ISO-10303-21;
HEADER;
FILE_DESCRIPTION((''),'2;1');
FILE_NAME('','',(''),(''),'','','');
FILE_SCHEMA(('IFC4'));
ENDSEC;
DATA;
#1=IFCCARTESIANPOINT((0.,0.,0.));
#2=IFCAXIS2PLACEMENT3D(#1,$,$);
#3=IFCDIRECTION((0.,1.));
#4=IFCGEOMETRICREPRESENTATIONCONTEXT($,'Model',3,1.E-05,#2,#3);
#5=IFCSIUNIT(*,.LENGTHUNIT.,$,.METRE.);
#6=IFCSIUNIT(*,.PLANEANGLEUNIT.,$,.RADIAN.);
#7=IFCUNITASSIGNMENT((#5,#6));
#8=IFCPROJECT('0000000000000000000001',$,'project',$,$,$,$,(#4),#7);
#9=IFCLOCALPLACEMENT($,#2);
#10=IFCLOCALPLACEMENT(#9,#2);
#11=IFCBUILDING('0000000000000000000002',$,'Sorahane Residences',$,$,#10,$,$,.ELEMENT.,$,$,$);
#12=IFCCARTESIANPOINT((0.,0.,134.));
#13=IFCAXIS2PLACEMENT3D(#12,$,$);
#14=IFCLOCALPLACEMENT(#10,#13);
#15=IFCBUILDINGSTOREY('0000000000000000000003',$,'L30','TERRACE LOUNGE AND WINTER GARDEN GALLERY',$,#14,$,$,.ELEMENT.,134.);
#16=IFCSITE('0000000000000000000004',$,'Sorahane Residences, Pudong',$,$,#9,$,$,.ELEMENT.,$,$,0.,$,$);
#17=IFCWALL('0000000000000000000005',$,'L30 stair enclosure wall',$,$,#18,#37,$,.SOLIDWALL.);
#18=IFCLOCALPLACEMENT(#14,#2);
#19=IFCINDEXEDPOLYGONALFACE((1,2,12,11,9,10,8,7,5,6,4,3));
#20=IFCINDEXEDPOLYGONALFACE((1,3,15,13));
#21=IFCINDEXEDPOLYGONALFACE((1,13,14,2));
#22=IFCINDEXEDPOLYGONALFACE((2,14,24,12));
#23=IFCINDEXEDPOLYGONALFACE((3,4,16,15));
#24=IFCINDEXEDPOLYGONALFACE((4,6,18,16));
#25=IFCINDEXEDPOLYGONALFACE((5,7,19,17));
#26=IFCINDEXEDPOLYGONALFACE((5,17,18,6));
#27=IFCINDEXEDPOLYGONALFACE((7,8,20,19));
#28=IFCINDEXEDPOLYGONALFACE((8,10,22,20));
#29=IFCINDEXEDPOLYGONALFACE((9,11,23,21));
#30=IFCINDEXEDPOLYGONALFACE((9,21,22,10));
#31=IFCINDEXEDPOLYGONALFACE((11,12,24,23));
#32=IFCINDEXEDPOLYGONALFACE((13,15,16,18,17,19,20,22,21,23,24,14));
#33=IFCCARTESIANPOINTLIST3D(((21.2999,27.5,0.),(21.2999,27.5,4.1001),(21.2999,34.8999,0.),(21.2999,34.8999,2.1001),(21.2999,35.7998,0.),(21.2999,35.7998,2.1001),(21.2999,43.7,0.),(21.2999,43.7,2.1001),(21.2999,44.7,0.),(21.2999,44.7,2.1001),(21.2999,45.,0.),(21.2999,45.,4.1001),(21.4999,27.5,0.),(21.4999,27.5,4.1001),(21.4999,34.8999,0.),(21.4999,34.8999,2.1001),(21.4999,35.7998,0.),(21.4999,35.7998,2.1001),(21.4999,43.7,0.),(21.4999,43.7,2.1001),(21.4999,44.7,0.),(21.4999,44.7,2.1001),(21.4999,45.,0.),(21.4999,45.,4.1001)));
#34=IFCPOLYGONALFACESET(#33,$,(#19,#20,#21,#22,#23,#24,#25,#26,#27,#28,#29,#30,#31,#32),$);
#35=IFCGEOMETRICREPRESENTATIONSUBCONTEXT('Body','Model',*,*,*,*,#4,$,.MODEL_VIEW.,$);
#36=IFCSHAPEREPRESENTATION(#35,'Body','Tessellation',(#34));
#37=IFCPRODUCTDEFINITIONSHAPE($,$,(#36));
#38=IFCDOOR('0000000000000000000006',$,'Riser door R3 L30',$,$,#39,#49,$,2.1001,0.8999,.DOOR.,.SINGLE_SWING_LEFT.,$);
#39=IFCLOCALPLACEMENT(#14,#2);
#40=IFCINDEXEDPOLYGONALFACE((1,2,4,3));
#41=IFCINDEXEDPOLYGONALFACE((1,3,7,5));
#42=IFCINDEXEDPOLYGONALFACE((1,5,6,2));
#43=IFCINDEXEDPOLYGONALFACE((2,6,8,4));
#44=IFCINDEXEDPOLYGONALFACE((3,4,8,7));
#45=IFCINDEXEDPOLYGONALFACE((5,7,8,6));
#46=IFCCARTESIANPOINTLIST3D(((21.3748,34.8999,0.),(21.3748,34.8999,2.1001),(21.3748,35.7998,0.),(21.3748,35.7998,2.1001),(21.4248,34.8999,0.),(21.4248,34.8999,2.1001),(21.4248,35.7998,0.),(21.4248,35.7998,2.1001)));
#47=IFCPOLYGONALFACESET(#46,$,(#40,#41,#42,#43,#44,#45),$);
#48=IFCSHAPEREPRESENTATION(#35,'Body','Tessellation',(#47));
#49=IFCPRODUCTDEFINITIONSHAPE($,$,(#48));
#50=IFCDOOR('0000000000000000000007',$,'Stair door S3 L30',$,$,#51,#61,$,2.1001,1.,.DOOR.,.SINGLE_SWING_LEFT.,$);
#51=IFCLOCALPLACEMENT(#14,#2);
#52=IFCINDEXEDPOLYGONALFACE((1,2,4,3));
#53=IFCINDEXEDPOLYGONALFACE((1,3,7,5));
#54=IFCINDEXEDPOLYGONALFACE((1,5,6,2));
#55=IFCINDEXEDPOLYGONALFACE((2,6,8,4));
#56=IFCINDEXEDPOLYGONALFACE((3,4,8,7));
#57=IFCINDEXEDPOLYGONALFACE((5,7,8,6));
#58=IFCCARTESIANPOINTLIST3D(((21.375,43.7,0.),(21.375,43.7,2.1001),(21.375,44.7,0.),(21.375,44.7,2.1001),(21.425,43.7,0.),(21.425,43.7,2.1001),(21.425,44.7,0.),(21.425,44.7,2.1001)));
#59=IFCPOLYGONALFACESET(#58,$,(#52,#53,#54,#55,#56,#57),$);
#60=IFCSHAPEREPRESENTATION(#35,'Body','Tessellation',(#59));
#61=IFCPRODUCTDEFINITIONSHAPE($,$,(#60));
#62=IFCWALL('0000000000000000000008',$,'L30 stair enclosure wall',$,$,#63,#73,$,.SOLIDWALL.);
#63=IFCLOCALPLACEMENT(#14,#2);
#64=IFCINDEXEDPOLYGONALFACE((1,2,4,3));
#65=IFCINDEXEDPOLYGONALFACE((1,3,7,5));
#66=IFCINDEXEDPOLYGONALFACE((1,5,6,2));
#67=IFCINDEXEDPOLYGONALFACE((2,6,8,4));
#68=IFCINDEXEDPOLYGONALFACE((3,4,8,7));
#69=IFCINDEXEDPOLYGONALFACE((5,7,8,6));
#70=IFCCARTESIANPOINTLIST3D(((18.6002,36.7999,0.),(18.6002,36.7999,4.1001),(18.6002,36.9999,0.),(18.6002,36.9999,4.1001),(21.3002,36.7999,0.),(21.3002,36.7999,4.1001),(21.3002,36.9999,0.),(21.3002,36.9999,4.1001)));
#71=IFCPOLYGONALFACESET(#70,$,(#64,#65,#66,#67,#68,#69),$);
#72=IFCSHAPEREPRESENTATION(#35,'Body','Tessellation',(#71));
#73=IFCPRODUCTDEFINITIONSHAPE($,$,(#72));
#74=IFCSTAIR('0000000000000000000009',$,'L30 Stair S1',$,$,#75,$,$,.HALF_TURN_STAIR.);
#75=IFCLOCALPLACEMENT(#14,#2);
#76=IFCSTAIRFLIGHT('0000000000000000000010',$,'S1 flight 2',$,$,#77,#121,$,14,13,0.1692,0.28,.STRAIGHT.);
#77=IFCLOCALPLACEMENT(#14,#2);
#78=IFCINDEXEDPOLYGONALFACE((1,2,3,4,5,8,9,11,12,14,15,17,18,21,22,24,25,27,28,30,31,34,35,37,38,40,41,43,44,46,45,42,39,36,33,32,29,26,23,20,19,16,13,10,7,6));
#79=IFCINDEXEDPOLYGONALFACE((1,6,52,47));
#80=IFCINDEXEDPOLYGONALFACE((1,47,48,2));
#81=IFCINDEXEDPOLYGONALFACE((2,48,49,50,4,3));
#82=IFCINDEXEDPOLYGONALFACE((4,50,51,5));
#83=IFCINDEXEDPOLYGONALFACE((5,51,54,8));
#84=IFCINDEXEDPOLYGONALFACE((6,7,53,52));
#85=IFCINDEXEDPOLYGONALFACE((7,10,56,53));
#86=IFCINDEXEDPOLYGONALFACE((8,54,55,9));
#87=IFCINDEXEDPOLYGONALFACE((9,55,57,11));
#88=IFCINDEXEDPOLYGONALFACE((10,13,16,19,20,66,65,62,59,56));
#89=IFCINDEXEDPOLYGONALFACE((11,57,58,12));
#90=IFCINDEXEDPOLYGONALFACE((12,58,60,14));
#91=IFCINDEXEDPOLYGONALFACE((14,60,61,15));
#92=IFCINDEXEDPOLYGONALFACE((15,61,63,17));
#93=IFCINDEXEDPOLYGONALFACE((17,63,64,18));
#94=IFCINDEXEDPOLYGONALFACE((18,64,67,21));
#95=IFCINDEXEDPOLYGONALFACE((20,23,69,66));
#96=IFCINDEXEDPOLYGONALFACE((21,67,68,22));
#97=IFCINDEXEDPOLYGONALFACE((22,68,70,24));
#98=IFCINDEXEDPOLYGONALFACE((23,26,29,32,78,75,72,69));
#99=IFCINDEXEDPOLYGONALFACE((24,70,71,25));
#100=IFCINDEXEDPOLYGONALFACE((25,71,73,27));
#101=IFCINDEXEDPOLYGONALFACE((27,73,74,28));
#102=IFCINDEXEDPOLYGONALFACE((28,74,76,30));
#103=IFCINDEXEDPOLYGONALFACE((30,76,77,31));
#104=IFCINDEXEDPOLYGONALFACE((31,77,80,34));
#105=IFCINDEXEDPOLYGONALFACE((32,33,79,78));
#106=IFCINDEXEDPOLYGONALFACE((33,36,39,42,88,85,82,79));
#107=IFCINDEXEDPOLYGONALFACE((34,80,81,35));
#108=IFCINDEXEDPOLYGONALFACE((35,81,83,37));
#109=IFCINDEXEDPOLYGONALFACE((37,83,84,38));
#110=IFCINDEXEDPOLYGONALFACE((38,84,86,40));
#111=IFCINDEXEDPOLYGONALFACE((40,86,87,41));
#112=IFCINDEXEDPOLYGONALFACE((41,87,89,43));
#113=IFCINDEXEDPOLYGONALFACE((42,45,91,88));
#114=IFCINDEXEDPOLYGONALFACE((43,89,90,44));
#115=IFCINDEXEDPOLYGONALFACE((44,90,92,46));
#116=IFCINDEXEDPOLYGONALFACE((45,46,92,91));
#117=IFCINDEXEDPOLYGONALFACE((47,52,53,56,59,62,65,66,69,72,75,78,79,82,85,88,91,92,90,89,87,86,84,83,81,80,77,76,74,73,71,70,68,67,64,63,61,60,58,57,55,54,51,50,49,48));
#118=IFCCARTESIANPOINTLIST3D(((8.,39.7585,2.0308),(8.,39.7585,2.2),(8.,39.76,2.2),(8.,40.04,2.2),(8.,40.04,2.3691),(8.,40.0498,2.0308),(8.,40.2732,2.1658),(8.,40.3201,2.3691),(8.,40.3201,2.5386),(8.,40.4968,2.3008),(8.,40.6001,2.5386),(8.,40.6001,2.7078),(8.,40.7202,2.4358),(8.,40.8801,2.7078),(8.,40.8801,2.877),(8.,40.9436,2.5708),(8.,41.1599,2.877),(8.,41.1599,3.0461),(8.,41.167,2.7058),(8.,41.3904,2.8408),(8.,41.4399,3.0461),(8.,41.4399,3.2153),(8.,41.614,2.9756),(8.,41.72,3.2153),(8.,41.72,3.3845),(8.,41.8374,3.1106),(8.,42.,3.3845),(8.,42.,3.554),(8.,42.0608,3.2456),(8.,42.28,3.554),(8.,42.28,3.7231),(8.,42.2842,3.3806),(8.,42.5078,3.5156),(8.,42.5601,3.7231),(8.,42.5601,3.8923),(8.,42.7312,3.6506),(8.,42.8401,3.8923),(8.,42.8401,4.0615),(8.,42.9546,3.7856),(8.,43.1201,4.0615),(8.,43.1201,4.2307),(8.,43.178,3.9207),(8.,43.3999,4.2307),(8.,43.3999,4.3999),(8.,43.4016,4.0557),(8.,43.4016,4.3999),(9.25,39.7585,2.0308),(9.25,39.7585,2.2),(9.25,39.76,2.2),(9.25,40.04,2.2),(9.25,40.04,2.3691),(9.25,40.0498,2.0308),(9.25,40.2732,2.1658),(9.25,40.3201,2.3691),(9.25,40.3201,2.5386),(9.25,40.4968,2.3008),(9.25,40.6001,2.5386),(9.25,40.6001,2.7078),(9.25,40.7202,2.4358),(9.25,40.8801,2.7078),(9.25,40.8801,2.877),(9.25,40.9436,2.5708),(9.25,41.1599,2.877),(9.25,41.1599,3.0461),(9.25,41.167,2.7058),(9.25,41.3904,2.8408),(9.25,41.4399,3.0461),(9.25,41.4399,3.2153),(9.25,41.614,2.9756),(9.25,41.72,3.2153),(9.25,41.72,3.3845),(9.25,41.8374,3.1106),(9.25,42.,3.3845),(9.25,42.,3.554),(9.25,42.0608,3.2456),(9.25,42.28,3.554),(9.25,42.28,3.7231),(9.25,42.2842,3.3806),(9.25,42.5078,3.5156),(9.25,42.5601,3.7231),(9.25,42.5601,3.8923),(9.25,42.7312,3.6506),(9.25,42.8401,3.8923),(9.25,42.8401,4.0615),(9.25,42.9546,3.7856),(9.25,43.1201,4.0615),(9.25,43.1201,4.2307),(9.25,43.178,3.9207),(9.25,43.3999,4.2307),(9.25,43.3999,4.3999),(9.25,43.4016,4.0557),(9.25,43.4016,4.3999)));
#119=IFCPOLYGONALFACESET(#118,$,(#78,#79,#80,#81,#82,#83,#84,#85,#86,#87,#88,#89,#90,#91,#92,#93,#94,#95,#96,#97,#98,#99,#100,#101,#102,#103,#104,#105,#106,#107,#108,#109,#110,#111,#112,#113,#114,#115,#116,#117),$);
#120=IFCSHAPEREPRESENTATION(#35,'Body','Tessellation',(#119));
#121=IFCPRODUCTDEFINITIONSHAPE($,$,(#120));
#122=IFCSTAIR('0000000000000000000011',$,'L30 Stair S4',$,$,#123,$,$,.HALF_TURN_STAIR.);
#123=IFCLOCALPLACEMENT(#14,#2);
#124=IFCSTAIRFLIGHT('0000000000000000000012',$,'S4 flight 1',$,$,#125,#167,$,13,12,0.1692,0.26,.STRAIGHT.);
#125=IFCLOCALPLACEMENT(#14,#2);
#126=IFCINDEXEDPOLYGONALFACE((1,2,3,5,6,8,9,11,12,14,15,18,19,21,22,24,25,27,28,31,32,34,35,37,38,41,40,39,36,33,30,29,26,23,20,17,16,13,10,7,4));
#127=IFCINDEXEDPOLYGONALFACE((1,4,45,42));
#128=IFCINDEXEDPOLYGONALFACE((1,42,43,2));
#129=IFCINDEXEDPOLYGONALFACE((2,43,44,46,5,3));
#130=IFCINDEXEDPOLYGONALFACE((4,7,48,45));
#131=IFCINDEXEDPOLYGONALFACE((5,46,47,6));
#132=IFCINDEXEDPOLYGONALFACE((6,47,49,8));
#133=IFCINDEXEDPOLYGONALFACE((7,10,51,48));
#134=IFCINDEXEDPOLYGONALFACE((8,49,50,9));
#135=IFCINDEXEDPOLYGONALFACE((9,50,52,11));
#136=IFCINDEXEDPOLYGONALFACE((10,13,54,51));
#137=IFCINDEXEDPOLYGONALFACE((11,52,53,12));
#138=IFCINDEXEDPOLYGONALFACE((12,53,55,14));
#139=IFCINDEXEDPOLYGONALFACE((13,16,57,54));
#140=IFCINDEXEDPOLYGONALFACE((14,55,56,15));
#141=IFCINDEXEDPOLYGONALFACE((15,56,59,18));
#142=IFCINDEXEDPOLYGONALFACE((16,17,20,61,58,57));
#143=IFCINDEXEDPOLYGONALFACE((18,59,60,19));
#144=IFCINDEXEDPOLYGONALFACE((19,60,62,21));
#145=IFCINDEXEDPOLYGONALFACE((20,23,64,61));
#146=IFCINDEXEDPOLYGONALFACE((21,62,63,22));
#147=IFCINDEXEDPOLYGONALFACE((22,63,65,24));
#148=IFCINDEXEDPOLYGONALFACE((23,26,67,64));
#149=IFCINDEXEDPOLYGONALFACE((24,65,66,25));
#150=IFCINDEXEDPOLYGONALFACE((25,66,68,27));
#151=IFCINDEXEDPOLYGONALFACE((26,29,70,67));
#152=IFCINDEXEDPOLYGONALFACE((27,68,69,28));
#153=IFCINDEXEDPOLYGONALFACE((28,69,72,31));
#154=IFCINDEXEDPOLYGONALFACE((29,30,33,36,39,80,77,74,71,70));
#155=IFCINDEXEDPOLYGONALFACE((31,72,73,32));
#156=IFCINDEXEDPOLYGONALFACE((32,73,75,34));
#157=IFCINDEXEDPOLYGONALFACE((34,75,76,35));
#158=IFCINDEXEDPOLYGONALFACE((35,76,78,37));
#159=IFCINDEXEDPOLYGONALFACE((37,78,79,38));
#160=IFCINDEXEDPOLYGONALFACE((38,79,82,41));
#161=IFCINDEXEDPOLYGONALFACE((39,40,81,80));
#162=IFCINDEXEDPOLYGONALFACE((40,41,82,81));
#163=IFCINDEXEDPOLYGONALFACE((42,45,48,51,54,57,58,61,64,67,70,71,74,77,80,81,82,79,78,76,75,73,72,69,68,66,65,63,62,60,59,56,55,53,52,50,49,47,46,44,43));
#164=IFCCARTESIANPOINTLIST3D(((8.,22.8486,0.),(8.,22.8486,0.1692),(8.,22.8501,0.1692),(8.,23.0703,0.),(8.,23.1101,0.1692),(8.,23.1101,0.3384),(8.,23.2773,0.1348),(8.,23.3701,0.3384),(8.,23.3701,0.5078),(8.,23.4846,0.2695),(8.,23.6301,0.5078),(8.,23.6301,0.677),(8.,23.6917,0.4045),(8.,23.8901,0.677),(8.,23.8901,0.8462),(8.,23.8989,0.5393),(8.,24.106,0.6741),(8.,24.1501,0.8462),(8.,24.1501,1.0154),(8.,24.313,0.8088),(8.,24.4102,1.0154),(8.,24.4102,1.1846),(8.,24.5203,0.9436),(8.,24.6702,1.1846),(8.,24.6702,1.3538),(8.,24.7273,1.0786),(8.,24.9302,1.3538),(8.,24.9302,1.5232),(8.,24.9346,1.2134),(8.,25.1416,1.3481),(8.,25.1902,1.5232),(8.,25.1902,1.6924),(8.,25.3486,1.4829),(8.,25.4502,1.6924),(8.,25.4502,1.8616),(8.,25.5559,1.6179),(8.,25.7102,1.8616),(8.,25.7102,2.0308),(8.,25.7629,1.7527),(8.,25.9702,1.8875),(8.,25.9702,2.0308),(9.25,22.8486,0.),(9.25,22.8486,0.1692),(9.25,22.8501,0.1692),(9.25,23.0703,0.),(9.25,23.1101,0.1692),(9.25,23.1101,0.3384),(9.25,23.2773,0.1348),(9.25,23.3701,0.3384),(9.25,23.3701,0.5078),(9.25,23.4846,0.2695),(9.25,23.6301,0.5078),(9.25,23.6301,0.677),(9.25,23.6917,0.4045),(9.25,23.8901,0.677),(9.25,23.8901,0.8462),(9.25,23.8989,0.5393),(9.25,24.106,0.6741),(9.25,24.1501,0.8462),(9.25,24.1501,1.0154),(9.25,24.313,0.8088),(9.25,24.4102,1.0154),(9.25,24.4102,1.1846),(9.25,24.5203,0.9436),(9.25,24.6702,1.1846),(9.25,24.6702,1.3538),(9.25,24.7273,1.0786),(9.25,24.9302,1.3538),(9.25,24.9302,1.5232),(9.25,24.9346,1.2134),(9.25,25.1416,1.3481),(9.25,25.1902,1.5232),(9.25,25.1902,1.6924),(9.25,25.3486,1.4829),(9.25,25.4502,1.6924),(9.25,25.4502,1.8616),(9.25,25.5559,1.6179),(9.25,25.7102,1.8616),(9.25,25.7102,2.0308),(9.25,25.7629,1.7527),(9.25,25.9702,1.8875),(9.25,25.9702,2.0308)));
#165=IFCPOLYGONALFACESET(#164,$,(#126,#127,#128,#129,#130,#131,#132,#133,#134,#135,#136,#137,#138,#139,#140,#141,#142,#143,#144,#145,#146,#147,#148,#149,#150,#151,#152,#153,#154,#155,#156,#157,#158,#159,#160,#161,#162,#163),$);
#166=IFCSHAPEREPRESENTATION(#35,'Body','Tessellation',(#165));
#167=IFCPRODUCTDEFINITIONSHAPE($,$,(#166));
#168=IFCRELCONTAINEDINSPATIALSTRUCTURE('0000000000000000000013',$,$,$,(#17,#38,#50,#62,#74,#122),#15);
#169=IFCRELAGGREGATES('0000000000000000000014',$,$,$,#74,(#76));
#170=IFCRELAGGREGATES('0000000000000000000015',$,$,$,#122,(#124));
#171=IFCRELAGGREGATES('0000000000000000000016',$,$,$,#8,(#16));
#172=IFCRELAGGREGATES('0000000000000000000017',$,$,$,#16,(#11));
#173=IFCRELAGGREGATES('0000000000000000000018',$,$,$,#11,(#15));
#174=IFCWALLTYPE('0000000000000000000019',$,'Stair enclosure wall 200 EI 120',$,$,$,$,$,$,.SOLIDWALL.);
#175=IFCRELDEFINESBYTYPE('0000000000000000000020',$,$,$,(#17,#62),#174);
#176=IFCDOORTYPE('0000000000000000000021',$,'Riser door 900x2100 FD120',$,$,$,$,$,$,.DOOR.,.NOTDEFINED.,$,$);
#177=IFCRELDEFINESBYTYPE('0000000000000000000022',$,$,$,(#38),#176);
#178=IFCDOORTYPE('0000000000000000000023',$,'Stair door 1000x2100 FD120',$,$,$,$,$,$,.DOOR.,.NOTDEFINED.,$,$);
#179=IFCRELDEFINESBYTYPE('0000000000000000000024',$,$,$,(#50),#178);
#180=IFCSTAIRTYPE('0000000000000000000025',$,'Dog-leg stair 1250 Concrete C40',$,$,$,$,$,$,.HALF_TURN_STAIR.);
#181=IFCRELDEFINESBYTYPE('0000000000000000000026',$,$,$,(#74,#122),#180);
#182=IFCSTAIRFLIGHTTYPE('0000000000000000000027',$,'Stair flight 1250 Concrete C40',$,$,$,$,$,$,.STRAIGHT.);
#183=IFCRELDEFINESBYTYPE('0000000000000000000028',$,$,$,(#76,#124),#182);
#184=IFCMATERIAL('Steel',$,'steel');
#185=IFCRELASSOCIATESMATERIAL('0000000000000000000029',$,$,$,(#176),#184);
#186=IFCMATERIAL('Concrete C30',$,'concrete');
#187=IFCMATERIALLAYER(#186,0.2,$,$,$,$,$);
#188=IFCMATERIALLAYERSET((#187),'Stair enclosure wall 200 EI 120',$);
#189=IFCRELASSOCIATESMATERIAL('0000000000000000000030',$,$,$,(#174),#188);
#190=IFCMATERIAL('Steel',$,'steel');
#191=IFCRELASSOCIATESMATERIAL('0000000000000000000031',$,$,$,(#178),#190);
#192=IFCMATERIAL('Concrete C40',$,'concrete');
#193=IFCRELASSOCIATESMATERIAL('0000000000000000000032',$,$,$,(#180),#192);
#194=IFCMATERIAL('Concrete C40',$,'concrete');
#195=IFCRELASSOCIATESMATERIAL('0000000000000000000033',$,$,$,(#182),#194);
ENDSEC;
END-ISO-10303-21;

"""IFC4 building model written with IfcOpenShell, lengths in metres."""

from ifc_helpers import new_model, si_unit, direction, frame, frame_2d, origin, place, context, subcontext, project, spatial, polyline, rectangle, outline, extrude, material, layer, layer_set, type_object, element, fill, aggregate, save


model = new_model("IFC4")

# Units and contexts
model_context = context("Model", 3, precision=1e-05, world=origin(), true_north=direction((0.0, 1.0)))
body_context = subcontext(model_context, "Body", "Model", "MODEL_VIEW")
ifc_project = project(units=[si_unit("LENGTHUNIT", "METRE"), si_unit("PLANEANGLEUNIT", "RADIAN")], contexts=[model_context])

# Site, building, storey
site_placement = place(None, origin())
site = spatial("IfcSite", under=ifc_project, at=site_placement, Name="Sorahane Residences, Pudong", CompositionType="ELEMENT", RefElevation=0.0)
building_placement = place(site_placement, origin())
building = spatial("IfcBuilding", under=site, at=building_placement, Name="Sorahane Residences", CompositionType="ELEMENT")
storey_placement = place(building_placement, frame((0.0, 0.0, 134.0)))
storey = spatial("IfcBuildingStorey", under=building, at=storey_placement, Name="L30", Description="TERRACE LOUNGE AND WINTER GARDEN GALLERY", CompositionType="ELEMENT", Elevation=134.0)

# Shared definitions
ifc_material_1 = material(Name="Steel", Category="steel")
door_type_1 = type_object("IfcDoorType", Name="Riser door 900x2100 FD120", OperationType="NOTDEFINED", PredefinedType="DOOR", material=ifc_material_1)

# Wall, openings, doors
ifc_material_2 = material(Name="Concrete C30", Category="concrete")
ifc_layer_1 = layer(ifc_material_2, 0.2)
ifc_layer_set_1 = layer_set([ifc_layer_1], Name="Stair enclosure wall 200 EI 120")
wall_type_1 = type_object("IfcWallType", Name="Stair enclosure wall 200 EI 120", PredefinedType="SOLIDWALL", material=ifc_layer_set_1)
wall_1_placement = place(storey_placement, frame((21.3999, 27.5, 0.0), z_axis=(0.0, 0.0, 1.0), x_axis=(0.0, 1.0, 0.0)))
wall_1 = element("IfcWall", 1, at=wall_1_placement, inside=storey, type_object=wall_type_1, Name="L30 stair enclosure wall", PredefinedType="SOLIDWALL", context=body_context, shape_type="SweptSolid", body=[
    extrude(rectangle(XDim=17.5, YDim=0.2, at=frame_2d((8.75, 0.0))), origin(), (0.0, 0.0, 1.0), 4.1001),
])
opening_1_placement = place(wall_1_placement, frame((16.2, 0.0, 0.0)))
opening_1 = element("IfcOpeningElement", 2, at=opening_1_placement, cuts=wall_1, PredefinedType="OPENING", context=body_context, shape_type="SweptSolid", body=[
    extrude(rectangle(XDim=1.0, YDim=2.1001, at=frame_2d((0.5, 1.05))), frame((0.0, 0.1099, 0.0), z_axis=(0.0, -1.0, 0.0), x_axis=(1.0, 0.0, 0.0)), (0.0, 0.0, 1.0), 0.22),
])
opening_2_placement = place(wall_1_placement, frame((7.3999, 0.0, 0.0)))
opening_2 = element("IfcOpeningElement", 3, at=opening_2_placement, cuts=wall_1, PredefinedType="OPENING", context=body_context, shape_type="SweptSolid", body=[
    extrude(rectangle(XDim=0.8999, YDim=2.1001, at=frame_2d((0.45, 1.05))), frame((0.0, 0.1099, 0.0), z_axis=(0.0, -1.0, 0.0), x_axis=(1.0, 0.0, 0.0)), (0.0, 0.0, 1.0), 0.22),
])
door_1_placement = place(opening_2_placement, frame((0.8999, 0.0, 0.0), z_axis=(0.0, 0.0, 1.0), x_axis=(-1.0, 0.0, 0.0)))
door_1 = element("IfcDoor", 4, at=door_1_placement, inside=storey, type_object=door_type_1, Name="Riser door R3 L30", OperationType="SINGLE_SWING_LEFT", OverallHeight=2.1001, OverallWidth=0.8999, PredefinedType="DOOR", context=body_context, shape_type="SweptSolid", body=[
    extrude(rectangle(XDim=0.8999, YDim=2.1001, at=frame_2d((0.45, 1.05))), frame((0.0, 0.0249, 0.0), z_axis=(0.0, -1.0, 0.0), x_axis=(1.0, 0.0, 0.0)), (0.0, 0.0, 1.0), 0.05),
])
fill(opening_2, door_1)
ifc_material_3 = material(Name="Steel", Category="steel")
door_type_2 = type_object("IfcDoorType", Name="Stair door 1000x2100 FD120", OperationType="NOTDEFINED", PredefinedType="DOOR", material=ifc_material_3)
door_2_placement = place(opening_1_placement, origin())
door_2 = element("IfcDoor", 5, at=door_2_placement, inside=storey, type_object=door_type_2, Name="Stair door S3 L30", OperationType="SINGLE_SWING_LEFT", OverallHeight=2.1001, OverallWidth=1.0, PredefinedType="DOOR", context=body_context, shape_type="SweptSolid", body=[
    extrude(rectangle(XDim=1.0, YDim=2.1001, at=frame_2d((0.5, 1.05))), frame((0.0, 0.0249, 0.0), z_axis=(0.0, -1.0, 0.0), x_axis=(1.0, 0.0, 0.0)), (0.0, 0.0, 1.0), 0.05),
])
fill(opening_1, door_2)

# Wall
wall_2_placement = place(storey_placement, frame((18.6001, 36.8999, 0.0), z_axis=(0.0, 0.0, 1.0), x_axis=(1.0, 0.0, 0.0)))
element("IfcWall", 6, at=wall_2_placement, inside=storey, type_object=wall_type_1, Name="L30 stair enclosure wall", PredefinedType="SOLIDWALL", context=body_context, shape_type="SweptSolid", body=[
    extrude(rectangle(XDim=2.7, YDim=0.2, at=frame_2d((1.3501, 0.0))), origin(), (0.0, 0.0, 1.0), 4.1001),
])

# Stair, stair flight
ifc_material_4 = material(Name="Concrete C40", Category="concrete")
stair_type = type_object("IfcStairType", Name="Dog-leg stair 1250 Concrete C40", PredefinedType="HALF_TURN_STAIR", material=ifc_material_4)
stair_1_placement = place(storey_placement, origin())
stair_1 = element("IfcStair", 7, at=stair_1_placement, inside=storey, type_object=stair_type, Name="L30 Stair S1", PredefinedType="HALF_TURN_STAIR")
ifc_material_5 = material(Name="Concrete C40", Category="concrete")
stair_flight_type = type_object("IfcStairFlightType", Name="Stair flight 1250 Concrete C40", PredefinedType="STRAIGHT", material=ifc_material_5)
stair_flight_1_placement = place(storey_placement, frame((8.625, 39.76, 2.0308), z_axis=(0.0, 0.0, 1.0), x_axis=(0.0, 1.0, 0.0)))
stair_flight_1 = element("IfcStairFlight", 8, at=stair_flight_1_placement, type_object=stair_flight_type, Name="S1 flight 2", NumberOfRisers=14, NumberOfTreads=13, PredefinedType="STRAIGHT", RiserHeight=0.1692, TreadLength=0.28, context=body_context, shape_type="SweptSolid", body=[
    extrude(outline(polyline([(-0.0015, 0.0), (-0.0015, 0.1692), (0.0, 0.1692), (0.28, 0.1692), (0.28, 0.3384), (0.5601, 0.3384), (0.5601, 0.5078), (0.8401, 0.5078), (0.8401, 0.677), (1.1201, 0.677), (1.1201, 0.8462), (1.3999, 0.8462), (1.3999, 1.0154), (1.6799, 1.0154), (1.6799, 1.1846), (1.96, 1.1846), (1.96, 1.3538), (2.24, 1.3538), (2.24, 1.5232), (2.52, 1.5232), (2.52, 1.6924), (2.8, 1.6924), (2.8, 1.8616), (3.0801, 1.8616), (3.0801, 2.0308), (3.3601, 2.0308), (3.3601, 2.2), (3.6399, 2.2), (3.6399, 2.3691), (3.6416, 2.3691), (3.6416, 2.0249), (3.418, 1.8899), (3.1946, 1.7549), (2.9712, 1.6199), (2.7478, 1.4849), (2.5242, 1.3499), (2.3008, 1.2148), (2.0774, 1.0798), (1.854, 0.9448), (1.6304, 0.8101), (1.407, 0.675), (1.1836, 0.54), (0.9602, 0.405), (0.7368, 0.27), (0.5132, 0.135), (0.2898, 0.0), (-0.0015, 0.0)])), frame((0.0, 0.625, 0.0), z_axis=(0.0, -1.0, 0.0), x_axis=(1.0, 0.0, 0.0)), (0.0, 0.0, 1.0), 1.25),
])
aggregate(stair_1, [stair_flight_1])

# Stair, stair flight
stair_2_placement = place(storey_placement, origin())
stair_2 = element("IfcStair", 9, at=stair_2_placement, inside=storey, type_object=stair_type, Name="L30 Stair S4", PredefinedType="HALF_TURN_STAIR")
stair_flight_2_placement = place(storey_placement, frame((8.625, 22.8501, 0.0), z_axis=(0.0, 0.0, 1.0), x_axis=(0.0, 1.0, 0.0)))
stair_flight_2 = element("IfcStairFlight", 10, at=stair_flight_2_placement, type_object=stair_flight_type, Name="S4 flight 1", NumberOfRisers=13, NumberOfTreads=12, PredefinedType="STRAIGHT", RiserHeight=0.1692, TreadLength=0.26, context=body_context, shape_type="SweptSolid", body=[
    extrude(outline(polyline([(-0.0015, 0.0), (-0.0015, 0.1692), (0.0, 0.1692), (0.26, 0.1692), (0.26, 0.3384), (0.52, 0.3384), (0.52, 0.5078), (0.78, 0.5078), (0.78, 0.677), (1.04, 0.677), (1.04, 0.8462), (1.3, 0.8462), (1.3, 1.0154), (1.5601, 1.0154), (1.5601, 1.1846), (1.8201, 1.1846), (1.8201, 1.3538), (2.0801, 1.3538), (2.0801, 1.5232), (2.3401, 1.5232), (2.3401, 1.6924), (2.6001, 1.6924), (2.6001, 1.8616), (2.8601, 1.8616), (2.8601, 2.0308), (3.1201, 2.0308), (3.1201, 2.2), (3.1201, 1.8875), (2.9128, 1.7527), (2.7058, 1.6179), (2.4985, 1.4829), (2.2915, 1.3481), (2.0845, 1.2134), (1.8772, 1.0786), (1.6702, 0.9436), (1.4629, 0.8088), (1.2559, 0.6741), (1.0488, 0.5393), (0.8416, 0.4045), (0.6345, 0.2695), (0.4272, 0.1348), (0.2202, 0.0), (-0.0015, 0.0)])), frame((0.0, 0.625, 0.0), z_axis=(0.0, -1.0, 0.0), x_axis=(1.0, 0.0, 0.0)), (0.0, 0.0, 1.0), 1.25),
])
aggregate(stair_2, [stair_flight_2])

save(model, "model.ifc")
